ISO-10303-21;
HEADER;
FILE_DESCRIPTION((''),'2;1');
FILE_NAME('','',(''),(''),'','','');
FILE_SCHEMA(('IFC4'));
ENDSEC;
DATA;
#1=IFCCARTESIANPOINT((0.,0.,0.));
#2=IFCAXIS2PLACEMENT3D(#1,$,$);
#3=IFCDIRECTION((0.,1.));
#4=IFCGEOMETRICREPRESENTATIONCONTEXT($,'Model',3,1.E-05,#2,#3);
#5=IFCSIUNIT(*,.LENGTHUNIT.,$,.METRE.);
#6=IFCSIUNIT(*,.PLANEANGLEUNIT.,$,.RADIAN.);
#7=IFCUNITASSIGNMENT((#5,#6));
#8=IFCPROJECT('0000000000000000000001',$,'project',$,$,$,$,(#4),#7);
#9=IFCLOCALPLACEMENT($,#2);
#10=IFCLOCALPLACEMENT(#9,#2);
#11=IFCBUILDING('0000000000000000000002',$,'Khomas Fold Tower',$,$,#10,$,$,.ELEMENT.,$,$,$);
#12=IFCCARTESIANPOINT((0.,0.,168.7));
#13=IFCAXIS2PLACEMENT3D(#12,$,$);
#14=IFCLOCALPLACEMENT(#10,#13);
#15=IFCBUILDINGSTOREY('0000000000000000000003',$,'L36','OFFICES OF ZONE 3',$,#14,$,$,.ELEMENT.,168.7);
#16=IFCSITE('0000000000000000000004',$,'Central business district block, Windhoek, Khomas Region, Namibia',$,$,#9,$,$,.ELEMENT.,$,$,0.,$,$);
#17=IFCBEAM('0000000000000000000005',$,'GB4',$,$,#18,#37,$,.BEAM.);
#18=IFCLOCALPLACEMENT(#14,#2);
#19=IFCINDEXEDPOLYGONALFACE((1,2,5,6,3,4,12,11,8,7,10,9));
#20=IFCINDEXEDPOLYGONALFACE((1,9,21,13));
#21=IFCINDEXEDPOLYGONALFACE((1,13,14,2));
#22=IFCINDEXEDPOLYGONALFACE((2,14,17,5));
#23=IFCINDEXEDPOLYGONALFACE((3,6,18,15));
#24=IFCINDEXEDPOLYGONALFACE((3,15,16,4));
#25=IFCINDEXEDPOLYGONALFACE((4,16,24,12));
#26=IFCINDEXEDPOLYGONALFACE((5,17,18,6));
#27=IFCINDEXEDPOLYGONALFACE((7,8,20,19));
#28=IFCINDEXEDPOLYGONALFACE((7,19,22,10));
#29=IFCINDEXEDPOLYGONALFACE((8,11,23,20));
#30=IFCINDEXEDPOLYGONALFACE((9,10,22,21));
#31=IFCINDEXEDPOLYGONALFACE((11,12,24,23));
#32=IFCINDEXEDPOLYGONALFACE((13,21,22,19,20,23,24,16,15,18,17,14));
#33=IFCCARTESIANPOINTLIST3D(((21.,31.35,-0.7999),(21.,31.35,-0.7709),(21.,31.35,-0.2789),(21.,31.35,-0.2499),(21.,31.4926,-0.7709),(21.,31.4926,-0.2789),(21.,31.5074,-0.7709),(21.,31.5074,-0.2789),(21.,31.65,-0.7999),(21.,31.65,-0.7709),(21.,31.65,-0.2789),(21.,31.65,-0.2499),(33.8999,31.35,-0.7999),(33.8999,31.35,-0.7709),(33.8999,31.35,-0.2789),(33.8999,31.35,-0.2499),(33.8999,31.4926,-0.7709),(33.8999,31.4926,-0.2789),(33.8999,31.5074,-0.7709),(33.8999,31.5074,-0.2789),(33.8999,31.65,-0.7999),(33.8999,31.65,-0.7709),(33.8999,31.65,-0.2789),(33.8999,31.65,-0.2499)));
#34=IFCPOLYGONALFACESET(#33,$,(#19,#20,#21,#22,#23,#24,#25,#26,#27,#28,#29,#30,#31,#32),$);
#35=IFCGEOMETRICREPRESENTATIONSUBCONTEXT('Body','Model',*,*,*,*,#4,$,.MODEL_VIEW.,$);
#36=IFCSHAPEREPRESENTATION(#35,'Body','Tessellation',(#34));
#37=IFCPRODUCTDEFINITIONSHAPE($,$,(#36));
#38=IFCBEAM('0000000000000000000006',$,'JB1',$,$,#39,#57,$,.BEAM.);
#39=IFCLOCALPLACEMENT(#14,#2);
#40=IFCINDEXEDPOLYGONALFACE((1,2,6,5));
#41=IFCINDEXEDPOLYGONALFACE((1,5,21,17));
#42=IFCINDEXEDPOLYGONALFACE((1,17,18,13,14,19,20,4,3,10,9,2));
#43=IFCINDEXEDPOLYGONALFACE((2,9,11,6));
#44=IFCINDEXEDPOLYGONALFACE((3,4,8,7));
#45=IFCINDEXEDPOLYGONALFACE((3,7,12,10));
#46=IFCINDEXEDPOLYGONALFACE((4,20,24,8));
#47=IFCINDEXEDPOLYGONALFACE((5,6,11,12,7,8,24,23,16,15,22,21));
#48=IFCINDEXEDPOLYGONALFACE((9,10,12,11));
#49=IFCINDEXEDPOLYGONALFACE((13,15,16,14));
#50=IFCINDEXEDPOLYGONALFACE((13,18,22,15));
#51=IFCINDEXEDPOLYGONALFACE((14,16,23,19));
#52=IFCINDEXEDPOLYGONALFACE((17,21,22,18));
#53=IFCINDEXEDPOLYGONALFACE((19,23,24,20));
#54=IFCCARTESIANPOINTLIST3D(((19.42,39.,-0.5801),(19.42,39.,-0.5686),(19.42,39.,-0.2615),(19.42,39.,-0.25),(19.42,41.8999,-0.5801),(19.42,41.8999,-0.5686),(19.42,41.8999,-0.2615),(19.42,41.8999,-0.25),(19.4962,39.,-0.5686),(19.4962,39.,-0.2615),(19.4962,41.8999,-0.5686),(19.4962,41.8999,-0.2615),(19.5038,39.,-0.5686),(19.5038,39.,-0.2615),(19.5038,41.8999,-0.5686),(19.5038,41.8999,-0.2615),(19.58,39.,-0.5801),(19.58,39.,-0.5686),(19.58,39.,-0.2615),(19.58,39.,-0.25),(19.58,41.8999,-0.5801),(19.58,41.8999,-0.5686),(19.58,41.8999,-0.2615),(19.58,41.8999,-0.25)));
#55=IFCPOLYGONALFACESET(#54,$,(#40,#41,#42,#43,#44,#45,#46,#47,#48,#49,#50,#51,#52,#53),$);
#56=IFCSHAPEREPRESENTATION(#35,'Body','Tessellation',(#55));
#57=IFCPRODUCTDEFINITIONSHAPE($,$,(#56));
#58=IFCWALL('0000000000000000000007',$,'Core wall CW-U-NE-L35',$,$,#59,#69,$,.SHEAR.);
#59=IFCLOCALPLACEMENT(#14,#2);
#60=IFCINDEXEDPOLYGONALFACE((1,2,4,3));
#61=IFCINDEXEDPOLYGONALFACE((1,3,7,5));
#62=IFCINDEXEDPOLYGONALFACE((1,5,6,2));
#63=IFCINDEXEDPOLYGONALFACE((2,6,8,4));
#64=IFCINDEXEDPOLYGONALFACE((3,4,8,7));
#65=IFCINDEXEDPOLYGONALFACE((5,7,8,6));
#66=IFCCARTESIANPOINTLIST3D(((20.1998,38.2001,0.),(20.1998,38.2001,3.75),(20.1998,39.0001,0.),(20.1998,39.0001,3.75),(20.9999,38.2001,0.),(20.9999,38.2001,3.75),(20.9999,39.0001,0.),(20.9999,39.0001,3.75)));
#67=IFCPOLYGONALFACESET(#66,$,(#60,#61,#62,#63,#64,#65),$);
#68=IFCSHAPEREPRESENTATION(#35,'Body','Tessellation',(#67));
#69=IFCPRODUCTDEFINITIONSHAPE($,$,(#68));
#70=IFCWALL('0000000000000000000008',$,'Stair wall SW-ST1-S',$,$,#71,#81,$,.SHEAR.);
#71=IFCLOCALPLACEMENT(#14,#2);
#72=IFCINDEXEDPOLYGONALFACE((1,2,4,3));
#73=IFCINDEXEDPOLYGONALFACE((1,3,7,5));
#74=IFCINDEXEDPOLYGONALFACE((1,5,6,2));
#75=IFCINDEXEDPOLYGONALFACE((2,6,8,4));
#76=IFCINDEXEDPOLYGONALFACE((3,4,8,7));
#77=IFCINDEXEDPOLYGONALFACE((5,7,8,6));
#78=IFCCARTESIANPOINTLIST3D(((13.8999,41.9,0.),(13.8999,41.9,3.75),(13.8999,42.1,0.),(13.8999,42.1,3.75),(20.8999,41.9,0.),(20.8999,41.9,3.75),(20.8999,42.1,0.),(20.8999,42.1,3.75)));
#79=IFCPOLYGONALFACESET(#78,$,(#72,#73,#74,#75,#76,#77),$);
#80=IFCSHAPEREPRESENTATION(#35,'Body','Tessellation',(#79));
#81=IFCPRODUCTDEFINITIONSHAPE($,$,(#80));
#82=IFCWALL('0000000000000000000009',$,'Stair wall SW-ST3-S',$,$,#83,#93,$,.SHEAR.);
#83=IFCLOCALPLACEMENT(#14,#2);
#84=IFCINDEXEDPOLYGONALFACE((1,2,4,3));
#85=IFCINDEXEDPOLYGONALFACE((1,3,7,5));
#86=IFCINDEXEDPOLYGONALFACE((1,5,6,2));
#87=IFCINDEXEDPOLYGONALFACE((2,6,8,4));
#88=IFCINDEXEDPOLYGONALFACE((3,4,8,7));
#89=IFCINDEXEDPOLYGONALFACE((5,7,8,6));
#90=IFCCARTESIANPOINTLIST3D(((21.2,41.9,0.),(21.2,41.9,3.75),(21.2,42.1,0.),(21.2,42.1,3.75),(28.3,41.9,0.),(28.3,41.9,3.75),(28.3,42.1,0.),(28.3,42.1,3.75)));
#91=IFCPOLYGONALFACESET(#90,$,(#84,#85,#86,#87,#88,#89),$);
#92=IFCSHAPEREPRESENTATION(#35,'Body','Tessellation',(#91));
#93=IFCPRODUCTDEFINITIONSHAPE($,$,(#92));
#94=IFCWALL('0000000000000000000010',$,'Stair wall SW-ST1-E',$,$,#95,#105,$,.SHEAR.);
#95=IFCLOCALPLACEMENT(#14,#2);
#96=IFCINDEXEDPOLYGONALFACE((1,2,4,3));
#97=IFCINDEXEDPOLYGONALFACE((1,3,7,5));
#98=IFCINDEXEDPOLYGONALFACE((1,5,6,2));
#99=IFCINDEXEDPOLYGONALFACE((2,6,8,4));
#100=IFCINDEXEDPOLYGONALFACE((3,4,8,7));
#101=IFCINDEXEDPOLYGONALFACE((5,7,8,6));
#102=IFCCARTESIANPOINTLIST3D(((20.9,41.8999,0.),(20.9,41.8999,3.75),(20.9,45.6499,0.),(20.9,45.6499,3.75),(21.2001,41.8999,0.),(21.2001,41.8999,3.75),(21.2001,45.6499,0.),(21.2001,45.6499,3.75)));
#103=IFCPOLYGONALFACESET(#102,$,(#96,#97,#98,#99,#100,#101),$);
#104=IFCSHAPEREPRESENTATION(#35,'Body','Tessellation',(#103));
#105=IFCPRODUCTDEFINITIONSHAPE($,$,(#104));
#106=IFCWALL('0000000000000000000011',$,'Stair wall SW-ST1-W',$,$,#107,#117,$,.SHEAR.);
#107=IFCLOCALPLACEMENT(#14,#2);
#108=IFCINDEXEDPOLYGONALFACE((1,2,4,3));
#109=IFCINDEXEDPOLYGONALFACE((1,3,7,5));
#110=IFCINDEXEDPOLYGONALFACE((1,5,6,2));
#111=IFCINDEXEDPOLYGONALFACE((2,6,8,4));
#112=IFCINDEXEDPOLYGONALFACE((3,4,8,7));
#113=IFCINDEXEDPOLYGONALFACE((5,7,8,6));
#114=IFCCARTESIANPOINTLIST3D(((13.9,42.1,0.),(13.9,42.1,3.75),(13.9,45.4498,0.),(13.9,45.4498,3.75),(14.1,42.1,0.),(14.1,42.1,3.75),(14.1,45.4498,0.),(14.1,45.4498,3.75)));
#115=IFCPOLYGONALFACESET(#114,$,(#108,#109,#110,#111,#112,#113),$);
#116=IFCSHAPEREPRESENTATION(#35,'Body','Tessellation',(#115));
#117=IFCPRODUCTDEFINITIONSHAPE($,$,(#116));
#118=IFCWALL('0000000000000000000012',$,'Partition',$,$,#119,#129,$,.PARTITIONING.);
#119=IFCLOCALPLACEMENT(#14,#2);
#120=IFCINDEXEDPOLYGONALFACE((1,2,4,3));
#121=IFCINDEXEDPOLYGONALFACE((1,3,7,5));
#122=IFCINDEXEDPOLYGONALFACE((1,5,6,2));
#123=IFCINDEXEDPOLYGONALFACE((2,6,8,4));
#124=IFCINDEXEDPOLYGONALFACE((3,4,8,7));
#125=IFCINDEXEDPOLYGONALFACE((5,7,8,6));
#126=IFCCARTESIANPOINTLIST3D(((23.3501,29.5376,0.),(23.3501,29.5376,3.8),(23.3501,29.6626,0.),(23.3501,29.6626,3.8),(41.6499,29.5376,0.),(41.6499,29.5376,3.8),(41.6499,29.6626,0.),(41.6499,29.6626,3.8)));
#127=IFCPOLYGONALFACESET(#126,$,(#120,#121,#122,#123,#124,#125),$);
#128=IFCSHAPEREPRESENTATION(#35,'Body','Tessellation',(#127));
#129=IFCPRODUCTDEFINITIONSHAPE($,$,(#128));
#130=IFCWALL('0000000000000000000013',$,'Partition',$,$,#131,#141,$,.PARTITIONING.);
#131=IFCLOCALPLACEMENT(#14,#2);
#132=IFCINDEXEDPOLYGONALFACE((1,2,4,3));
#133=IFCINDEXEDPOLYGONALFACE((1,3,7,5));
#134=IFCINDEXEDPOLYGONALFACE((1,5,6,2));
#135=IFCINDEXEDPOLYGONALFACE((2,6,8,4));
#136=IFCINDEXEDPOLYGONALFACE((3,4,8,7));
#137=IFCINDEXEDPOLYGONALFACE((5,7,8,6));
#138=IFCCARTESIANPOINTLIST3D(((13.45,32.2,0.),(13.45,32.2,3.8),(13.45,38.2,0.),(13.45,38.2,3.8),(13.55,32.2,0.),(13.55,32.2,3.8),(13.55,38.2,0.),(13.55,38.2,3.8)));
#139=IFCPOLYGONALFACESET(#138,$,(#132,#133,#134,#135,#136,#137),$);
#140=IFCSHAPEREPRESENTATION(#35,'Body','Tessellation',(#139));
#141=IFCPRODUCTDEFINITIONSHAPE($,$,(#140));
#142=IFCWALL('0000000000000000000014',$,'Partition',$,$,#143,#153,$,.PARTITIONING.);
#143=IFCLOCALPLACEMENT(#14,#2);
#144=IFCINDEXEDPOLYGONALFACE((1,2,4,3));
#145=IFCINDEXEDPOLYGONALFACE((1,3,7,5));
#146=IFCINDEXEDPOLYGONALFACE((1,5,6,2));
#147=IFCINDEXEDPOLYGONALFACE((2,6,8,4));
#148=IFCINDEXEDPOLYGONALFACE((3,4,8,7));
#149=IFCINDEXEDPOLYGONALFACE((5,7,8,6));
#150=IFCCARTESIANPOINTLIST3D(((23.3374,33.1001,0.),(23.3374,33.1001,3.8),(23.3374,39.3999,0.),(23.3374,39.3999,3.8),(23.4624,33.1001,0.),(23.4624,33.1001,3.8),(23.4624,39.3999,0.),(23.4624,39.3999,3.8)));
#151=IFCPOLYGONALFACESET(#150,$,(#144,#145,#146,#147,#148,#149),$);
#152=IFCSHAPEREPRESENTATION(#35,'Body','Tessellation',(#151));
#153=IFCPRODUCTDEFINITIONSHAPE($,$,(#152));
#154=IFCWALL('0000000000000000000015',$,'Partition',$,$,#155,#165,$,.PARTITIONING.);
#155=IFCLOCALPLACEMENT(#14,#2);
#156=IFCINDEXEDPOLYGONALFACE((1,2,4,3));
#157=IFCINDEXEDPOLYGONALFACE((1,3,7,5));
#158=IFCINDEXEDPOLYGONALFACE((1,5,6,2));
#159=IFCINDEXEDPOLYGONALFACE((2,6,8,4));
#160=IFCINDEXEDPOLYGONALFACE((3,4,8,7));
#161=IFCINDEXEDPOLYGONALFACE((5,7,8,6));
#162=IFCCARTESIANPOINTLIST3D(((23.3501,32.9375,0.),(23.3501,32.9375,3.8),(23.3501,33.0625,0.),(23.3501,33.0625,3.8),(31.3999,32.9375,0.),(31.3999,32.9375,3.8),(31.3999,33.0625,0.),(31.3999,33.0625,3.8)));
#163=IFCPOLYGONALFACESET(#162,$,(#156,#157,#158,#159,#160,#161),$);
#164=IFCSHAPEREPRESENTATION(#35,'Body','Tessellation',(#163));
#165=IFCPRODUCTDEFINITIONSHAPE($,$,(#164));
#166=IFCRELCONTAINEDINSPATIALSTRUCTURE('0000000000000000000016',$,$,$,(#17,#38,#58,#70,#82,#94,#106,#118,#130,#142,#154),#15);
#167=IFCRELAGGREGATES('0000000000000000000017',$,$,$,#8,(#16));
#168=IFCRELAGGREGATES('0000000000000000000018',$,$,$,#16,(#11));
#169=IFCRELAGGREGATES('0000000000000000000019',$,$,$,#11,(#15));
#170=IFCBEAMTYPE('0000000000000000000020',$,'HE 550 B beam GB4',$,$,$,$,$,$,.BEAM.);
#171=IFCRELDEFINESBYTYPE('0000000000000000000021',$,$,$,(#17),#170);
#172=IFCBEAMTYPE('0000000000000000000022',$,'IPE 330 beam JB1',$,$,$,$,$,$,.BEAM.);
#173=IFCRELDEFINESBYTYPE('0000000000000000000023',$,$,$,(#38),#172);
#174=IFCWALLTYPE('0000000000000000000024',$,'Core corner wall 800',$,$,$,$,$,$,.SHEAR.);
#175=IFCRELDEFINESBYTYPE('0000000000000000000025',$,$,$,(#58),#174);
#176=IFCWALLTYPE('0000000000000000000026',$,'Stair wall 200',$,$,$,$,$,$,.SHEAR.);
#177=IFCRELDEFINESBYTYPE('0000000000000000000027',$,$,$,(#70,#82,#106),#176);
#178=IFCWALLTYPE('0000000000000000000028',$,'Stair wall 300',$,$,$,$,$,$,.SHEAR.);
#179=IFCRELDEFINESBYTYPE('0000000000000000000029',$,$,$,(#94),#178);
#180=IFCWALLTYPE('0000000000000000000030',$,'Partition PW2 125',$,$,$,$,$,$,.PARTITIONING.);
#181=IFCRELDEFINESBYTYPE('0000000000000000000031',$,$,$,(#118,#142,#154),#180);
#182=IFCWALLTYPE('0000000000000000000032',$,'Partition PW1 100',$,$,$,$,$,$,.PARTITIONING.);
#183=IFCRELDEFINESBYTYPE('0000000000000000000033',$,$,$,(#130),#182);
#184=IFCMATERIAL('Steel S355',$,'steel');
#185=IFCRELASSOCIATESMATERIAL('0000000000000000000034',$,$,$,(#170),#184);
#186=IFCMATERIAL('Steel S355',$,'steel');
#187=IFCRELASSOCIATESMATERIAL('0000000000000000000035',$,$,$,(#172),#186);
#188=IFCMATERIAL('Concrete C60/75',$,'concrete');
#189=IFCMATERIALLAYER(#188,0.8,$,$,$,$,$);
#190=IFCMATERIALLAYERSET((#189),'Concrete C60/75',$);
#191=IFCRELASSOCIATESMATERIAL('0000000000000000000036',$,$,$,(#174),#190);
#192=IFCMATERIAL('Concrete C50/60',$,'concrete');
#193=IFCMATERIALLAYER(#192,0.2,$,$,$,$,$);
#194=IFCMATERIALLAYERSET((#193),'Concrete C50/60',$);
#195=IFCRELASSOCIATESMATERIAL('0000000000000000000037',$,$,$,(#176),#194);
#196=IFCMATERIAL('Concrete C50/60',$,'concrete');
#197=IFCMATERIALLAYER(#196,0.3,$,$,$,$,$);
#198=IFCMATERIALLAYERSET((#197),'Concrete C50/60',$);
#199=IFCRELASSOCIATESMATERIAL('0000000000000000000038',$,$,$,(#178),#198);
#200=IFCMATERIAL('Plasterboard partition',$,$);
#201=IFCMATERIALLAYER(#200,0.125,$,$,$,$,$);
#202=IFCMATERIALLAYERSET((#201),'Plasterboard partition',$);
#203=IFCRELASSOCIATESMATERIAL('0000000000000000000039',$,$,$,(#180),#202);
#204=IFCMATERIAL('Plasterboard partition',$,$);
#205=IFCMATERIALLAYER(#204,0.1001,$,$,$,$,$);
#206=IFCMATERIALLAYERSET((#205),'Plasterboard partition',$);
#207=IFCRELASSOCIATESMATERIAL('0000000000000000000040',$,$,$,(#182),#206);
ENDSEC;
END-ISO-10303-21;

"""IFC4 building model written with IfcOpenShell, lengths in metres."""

from ifc_helpers import new_model, si_unit, direction, frame, frame_2d, origin, origin_2d, place, context, subcontext, project, spatial, rectangle, i_section, extrude, source, transform, mapped, material, layer, layer_set, material_profile, profile_set, type_object, element, save


model = new_model("IFC4")

# Units and contexts
model_context = context("Model", 3, precision=1e-05, world=origin(), true_north=direction((0.0, 1.0)))
body_context = subcontext(model_context, "Body", "Model", "MODEL_VIEW")
ifc_project = project(units=[si_unit("LENGTHUNIT", "METRE"), si_unit("PLANEANGLEUNIT", "RADIAN")], contexts=[model_context])

# Site, building, storey
site_placement = place(None, origin())
site = spatial("IfcSite", under=ifc_project, at=site_placement, Name="Central business district block, Windhoek, Khomas Region, Namibia", CompositionType="ELEMENT", RefElevation=0.0)
building_placement = place(site_placement, origin())
building = spatial("IfcBuilding", under=site, at=building_placement, Name="Khomas Fold Tower", CompositionType="ELEMENT")
storey_placement = place(building_placement, frame((0.0, 0.0, 168.7)))
storey = spatial("IfcBuildingStorey", under=building, at=storey_placement, Name="L36", Description="OFFICES OF ZONE 3", CompositionType="ELEMENT", Elevation=168.7)

# Beams
ifc_material_1 = material(Name="Steel S355", Category="steel")
ifc_material_profile_1 = material_profile(ifc_material_1, i_section(OverallWidth=0.3, OverallDepth=0.55, WebThickness=0.0149, FlangeThickness=0.0291, at=origin_2d()), Name="HE 550 B")
ifc_profile_set_1 = profile_set([ifc_material_profile_1], Name="Steel S355")
beam_type_1 = type_object("IfcBeamType", Name="HE 550 B beam GB4", PredefinedType="BEAM", material=ifc_profile_set_1)
shared_shape_1 = source(origin(), body_context, "Body", "SweptSolid", [
    extrude(i_section(OverallWidth=0.3, OverallDepth=0.55, WebThickness=0.0149, FlangeThickness=0.0291, at=origin_2d()), origin(), (0.0, 0.0, 1.0), 12.8999),
])
beam_1_placement = place(storey_placement, frame((21.0, 31.5, -0.5249), z_axis=(1.0, 0.0, 0.0), x_axis=(0.0, 1.0, 0.0)))
element("IfcBeam", 1, at=beam_1_placement, inside=storey, type_object=beam_type_1, Name="GB4", PredefinedType="BEAM", context=body_context, shape_type="MappedRepresentation", body=[
    mapped(shared_shape_1, transform((0.0, 0.0, 0.0))),
])
ifc_material_2 = material(Name="Steel S355", Category="steel")
ifc_material_profile_2 = material_profile(ifc_material_2, i_section(OverallWidth=0.1599, OverallDepth=0.3301, WebThickness=0.0076, FlangeThickness=0.0115, at=origin_2d()), Name="IPE 330")
ifc_profile_set_2 = profile_set([ifc_material_profile_2], Name="Steel S355")
beam_type_2 = type_object("IfcBeamType", Name="IPE 330 beam JB1", PredefinedType="BEAM", material=ifc_profile_set_2)
shared_shape_2 = source(origin(), body_context, "Body", "SweptSolid", [
    extrude(i_section(OverallWidth=0.1599, OverallDepth=0.3301, WebThickness=0.0076, FlangeThickness=0.0115, at=origin_2d()), origin(), (0.0, 0.0, 1.0), 2.8999),
])
beam_2_placement = place(storey_placement, frame((19.5, 39.0, -0.415), z_axis=(0.0, 1.0, 0.0), x_axis=(-1.0, 0.0, 0.0)))
element("IfcBeam", 2, at=beam_2_placement, inside=storey, type_object=beam_type_2, Name="JB1", PredefinedType="BEAM", context=body_context, shape_type="MappedRepresentation", body=[
    mapped(shared_shape_2, transform((0.0, 0.0, 0.0))),
])

# Walls
ifc_material_3 = material(Name="Concrete C60/75", Category="concrete")
ifc_layer_1 = layer(ifc_material_3, 0.8)
ifc_layer_set_1 = layer_set([ifc_layer_1], Name="Concrete C60/75")
wall_type_1 = type_object("IfcWallType", Name="Core corner wall 800", PredefinedType="SHEAR", material=ifc_layer_set_1)
shared_shape_3 = source(origin(), body_context, "Body", "SweptSolid", [
    extrude(rectangle(XDim=0.8, YDim=0.8, at=frame_2d((0.3999, 0.0))), origin(), (0.0, 0.0, 1.0), 3.75),
])
wall_1_placement = place(storey_placement, frame((20.2, 38.6001, 0.0), z_axis=(0.0, 0.0, 1.0), x_axis=(1.0, 0.0, 0.0)))
element("IfcWall", 3, at=wall_1_placement, inside=storey, type_object=wall_type_1, Name="Core wall CW-U-NE-L35", PredefinedType="SHEAR", context=body_context, shape_type="MappedRepresentation", body=[
    mapped(shared_shape_3, transform((0.0, 0.0, 0.0))),
])
ifc_material_4 = material(Name="Concrete C50/60", Category="concrete")
ifc_layer_2 = layer(ifc_material_4, 0.2)
ifc_layer_set_2 = layer_set([ifc_layer_2], Name="Concrete C50/60")
wall_type_2 = type_object("IfcWallType", Name="Stair wall 200", PredefinedType="SHEAR", material=ifc_layer_set_2)
shared_shape_4 = source(origin(), body_context, "Body", "SweptSolid", [
    extrude(rectangle(XDim=7.0, YDim=0.2, at=frame_2d((3.5, 0.0))), origin(), (0.0, 0.0, 1.0), 3.75),
])
wall_2_placement = place(storey_placement, frame((13.8999, 42.0, 0.0), z_axis=(0.0, 0.0, 1.0), x_axis=(1.0, 0.0, 0.0)))
element("IfcWall", 4, at=wall_2_placement, inside=storey, type_object=wall_type_2, Name="Stair wall SW-ST1-S", PredefinedType="SHEAR", context=body_context, shape_type="MappedRepresentation", body=[
    mapped(shared_shape_4, transform((0.0, 0.0, 0.0))),
])
shared_shape_5 = source(origin(), body_context, "Body", "SweptSolid", [
    extrude(rectangle(XDim=7.1001, YDim=0.2, at=frame_2d((3.55, 0.0))), origin(), (0.0, 0.0, 1.0), 3.75),
])
wall_3_placement = place(storey_placement, frame((21.2, 42.0, 0.0), z_axis=(0.0, 0.0, 1.0), x_axis=(1.0, 0.0, 0.0)))
element("IfcWall", 5, at=wall_3_placement, inside=storey, type_object=wall_type_2, Name="Stair wall SW-ST3-S", PredefinedType="SHEAR", context=body_context, shape_type="MappedRepresentation", body=[
    mapped(shared_shape_5, transform((0.0, 0.0, 0.0))),
])
ifc_material_5 = material(Name="Concrete C50/60", Category="concrete")
ifc_layer_3 = layer(ifc_material_5, 0.3)
ifc_layer_set_3 = layer_set([ifc_layer_3], Name="Concrete C50/60")
wall_type_3 = type_object("IfcWallType", Name="Stair wall 300", PredefinedType="SHEAR", material=ifc_layer_set_3)
shared_shape_6 = source(origin(), body_context, "Body", "SweptSolid", [
    extrude(rectangle(XDim=3.75, YDim=0.3, at=frame_2d((1.875, 0.0))), origin(), (0.0, 0.0, 1.0), 3.75),
])
wall_4_placement = place(storey_placement, frame((21.05, 41.8999, 0.0), z_axis=(0.0, 0.0, 1.0), x_axis=(0.0, 1.0, 0.0)))
element("IfcWall", 6, at=wall_4_placement, inside=storey, type_object=wall_type_3, Name="Stair wall SW-ST1-E", PredefinedType="SHEAR", context=body_context, shape_type="MappedRepresentation", body=[
    mapped(shared_shape_6, transform((0.0, 0.0, 0.0))),
])
shared_shape_7 = source(origin(), body_context, "Body", "SweptSolid", [
    extrude(rectangle(XDim=3.3499, YDim=0.2, at=frame_2d((1.6748, 0.0))), origin(), (0.0, 0.0, 1.0), 3.75),
])
wall_5_placement = place(storey_placement, frame((14.0, 42.1001, 0.0), z_axis=(0.0, 0.0, 1.0), x_axis=(0.0, 1.0, 0.0)))
element("IfcWall", 7, at=wall_5_placement, inside=storey, type_object=wall_type_2, Name="Stair wall SW-ST1-W", PredefinedType="SHEAR", context=body_context, shape_type="MappedRepresentation", body=[
    mapped(shared_shape_7, transform((0.0, 0.0, 0.0))),
])
ifc_material_6 = material(Name="Plasterboard partition")
ifc_layer_4 = layer(ifc_material_6, 0.125)
ifc_layer_set_4 = layer_set([ifc_layer_4], Name="Plasterboard partition")
wall_type_4 = type_object("IfcWallType", Name="Partition PW2 125", PredefinedType="PARTITIONING", material=ifc_layer_set_4)
shared_shape_8 = source(origin(), body_context, "Body", "SweptSolid", [
    extrude(rectangle(XDim=18.2998, YDim=0.125, at=frame_2d((9.1499, 0.0))), origin(), (0.0, 0.0, 1.0), 3.8),
])
wall_6_placement = place(storey_placement, frame((23.3501, 29.6001, 0.0), z_axis=(0.0, 0.0, 1.0), x_axis=(1.0, 0.0, 0.0)))
element("IfcWall", 8, at=wall_6_placement, inside=storey, type_object=wall_type_4, Name="Partition", PredefinedType="PARTITIONING", context=body_context, shape_type="MappedRepresentation", body=[
    mapped(shared_shape_8, transform((0.0, 0.0, 0.0))),
])
ifc_material_7 = material(Name="Plasterboard partition")
ifc_layer_5 = layer(ifc_material_7, 0.1001)
ifc_layer_set_5 = layer_set([ifc_layer_5], Name="Plasterboard partition")
wall_type_5 = type_object("IfcWallType", Name="Partition PW1 100", PredefinedType="PARTITIONING", material=ifc_layer_set_5)
shared_shape_9 = source(origin(), body_context, "Body", "SweptSolid", [
    extrude(rectangle(XDim=6.0, YDim=0.1001, at=frame_2d((3.0, 0.0))), origin(), (0.0, 0.0, 1.0), 3.8),
])
wall_7_placement = place(storey_placement, frame((13.5, 32.2, 0.0), z_axis=(0.0, 0.0, 1.0), x_axis=(0.0, 1.0, 0.0)))
element("IfcWall", 9, at=wall_7_placement, inside=storey, type_object=wall_type_5, Name="Partition", PredefinedType="PARTITIONING", context=body_context, shape_type="MappedRepresentation", body=[
    mapped(shared_shape_9, transform((0.0, 0.0, 0.0))),
])
shared_shape_10 = source(origin(), body_context, "Body", "SweptSolid", [
    extrude(rectangle(XDim=6.2998, YDim=0.125, at=frame_2d((3.1499, 0.0))), origin(), (0.0, 0.0, 1.0), 3.8),
])
wall_8_placement = place(storey_placement, frame((23.3999, 33.1001, 0.0), z_axis=(0.0, 0.0, 1.0), x_axis=(0.0, 1.0, 0.0)))
element("IfcWall", 10, at=wall_8_placement, inside=storey, type_object=wall_type_4, Name="Partition", PredefinedType="PARTITIONING", context=body_context, shape_type="MappedRepresentation", body=[
    mapped(shared_shape_10, transform((0.0, 0.0, 0.0))),
])
shared_shape_11 = source(origin(), body_context, "Body", "SweptSolid", [
    extrude(rectangle(XDim=8.0498, YDim=0.125, at=frame_2d((4.0249, 0.0))), origin(), (0.0, 0.0, 1.0), 3.8),
])
wall_9_placement = place(storey_placement, frame((23.3501, 33.0, 0.0), z_axis=(0.0, 0.0, 1.0), x_axis=(1.0, 0.0, 0.0)))
element("IfcWall", 11, at=wall_9_placement, inside=storey, type_object=wall_type_4, Name="Partition", PredefinedType="PARTITIONING", context=body_context, shape_type="MappedRepresentation", body=[
    mapped(shared_shape_11, transform((0.0, 0.0, 0.0))),
])

save(model, "model.ifc")
